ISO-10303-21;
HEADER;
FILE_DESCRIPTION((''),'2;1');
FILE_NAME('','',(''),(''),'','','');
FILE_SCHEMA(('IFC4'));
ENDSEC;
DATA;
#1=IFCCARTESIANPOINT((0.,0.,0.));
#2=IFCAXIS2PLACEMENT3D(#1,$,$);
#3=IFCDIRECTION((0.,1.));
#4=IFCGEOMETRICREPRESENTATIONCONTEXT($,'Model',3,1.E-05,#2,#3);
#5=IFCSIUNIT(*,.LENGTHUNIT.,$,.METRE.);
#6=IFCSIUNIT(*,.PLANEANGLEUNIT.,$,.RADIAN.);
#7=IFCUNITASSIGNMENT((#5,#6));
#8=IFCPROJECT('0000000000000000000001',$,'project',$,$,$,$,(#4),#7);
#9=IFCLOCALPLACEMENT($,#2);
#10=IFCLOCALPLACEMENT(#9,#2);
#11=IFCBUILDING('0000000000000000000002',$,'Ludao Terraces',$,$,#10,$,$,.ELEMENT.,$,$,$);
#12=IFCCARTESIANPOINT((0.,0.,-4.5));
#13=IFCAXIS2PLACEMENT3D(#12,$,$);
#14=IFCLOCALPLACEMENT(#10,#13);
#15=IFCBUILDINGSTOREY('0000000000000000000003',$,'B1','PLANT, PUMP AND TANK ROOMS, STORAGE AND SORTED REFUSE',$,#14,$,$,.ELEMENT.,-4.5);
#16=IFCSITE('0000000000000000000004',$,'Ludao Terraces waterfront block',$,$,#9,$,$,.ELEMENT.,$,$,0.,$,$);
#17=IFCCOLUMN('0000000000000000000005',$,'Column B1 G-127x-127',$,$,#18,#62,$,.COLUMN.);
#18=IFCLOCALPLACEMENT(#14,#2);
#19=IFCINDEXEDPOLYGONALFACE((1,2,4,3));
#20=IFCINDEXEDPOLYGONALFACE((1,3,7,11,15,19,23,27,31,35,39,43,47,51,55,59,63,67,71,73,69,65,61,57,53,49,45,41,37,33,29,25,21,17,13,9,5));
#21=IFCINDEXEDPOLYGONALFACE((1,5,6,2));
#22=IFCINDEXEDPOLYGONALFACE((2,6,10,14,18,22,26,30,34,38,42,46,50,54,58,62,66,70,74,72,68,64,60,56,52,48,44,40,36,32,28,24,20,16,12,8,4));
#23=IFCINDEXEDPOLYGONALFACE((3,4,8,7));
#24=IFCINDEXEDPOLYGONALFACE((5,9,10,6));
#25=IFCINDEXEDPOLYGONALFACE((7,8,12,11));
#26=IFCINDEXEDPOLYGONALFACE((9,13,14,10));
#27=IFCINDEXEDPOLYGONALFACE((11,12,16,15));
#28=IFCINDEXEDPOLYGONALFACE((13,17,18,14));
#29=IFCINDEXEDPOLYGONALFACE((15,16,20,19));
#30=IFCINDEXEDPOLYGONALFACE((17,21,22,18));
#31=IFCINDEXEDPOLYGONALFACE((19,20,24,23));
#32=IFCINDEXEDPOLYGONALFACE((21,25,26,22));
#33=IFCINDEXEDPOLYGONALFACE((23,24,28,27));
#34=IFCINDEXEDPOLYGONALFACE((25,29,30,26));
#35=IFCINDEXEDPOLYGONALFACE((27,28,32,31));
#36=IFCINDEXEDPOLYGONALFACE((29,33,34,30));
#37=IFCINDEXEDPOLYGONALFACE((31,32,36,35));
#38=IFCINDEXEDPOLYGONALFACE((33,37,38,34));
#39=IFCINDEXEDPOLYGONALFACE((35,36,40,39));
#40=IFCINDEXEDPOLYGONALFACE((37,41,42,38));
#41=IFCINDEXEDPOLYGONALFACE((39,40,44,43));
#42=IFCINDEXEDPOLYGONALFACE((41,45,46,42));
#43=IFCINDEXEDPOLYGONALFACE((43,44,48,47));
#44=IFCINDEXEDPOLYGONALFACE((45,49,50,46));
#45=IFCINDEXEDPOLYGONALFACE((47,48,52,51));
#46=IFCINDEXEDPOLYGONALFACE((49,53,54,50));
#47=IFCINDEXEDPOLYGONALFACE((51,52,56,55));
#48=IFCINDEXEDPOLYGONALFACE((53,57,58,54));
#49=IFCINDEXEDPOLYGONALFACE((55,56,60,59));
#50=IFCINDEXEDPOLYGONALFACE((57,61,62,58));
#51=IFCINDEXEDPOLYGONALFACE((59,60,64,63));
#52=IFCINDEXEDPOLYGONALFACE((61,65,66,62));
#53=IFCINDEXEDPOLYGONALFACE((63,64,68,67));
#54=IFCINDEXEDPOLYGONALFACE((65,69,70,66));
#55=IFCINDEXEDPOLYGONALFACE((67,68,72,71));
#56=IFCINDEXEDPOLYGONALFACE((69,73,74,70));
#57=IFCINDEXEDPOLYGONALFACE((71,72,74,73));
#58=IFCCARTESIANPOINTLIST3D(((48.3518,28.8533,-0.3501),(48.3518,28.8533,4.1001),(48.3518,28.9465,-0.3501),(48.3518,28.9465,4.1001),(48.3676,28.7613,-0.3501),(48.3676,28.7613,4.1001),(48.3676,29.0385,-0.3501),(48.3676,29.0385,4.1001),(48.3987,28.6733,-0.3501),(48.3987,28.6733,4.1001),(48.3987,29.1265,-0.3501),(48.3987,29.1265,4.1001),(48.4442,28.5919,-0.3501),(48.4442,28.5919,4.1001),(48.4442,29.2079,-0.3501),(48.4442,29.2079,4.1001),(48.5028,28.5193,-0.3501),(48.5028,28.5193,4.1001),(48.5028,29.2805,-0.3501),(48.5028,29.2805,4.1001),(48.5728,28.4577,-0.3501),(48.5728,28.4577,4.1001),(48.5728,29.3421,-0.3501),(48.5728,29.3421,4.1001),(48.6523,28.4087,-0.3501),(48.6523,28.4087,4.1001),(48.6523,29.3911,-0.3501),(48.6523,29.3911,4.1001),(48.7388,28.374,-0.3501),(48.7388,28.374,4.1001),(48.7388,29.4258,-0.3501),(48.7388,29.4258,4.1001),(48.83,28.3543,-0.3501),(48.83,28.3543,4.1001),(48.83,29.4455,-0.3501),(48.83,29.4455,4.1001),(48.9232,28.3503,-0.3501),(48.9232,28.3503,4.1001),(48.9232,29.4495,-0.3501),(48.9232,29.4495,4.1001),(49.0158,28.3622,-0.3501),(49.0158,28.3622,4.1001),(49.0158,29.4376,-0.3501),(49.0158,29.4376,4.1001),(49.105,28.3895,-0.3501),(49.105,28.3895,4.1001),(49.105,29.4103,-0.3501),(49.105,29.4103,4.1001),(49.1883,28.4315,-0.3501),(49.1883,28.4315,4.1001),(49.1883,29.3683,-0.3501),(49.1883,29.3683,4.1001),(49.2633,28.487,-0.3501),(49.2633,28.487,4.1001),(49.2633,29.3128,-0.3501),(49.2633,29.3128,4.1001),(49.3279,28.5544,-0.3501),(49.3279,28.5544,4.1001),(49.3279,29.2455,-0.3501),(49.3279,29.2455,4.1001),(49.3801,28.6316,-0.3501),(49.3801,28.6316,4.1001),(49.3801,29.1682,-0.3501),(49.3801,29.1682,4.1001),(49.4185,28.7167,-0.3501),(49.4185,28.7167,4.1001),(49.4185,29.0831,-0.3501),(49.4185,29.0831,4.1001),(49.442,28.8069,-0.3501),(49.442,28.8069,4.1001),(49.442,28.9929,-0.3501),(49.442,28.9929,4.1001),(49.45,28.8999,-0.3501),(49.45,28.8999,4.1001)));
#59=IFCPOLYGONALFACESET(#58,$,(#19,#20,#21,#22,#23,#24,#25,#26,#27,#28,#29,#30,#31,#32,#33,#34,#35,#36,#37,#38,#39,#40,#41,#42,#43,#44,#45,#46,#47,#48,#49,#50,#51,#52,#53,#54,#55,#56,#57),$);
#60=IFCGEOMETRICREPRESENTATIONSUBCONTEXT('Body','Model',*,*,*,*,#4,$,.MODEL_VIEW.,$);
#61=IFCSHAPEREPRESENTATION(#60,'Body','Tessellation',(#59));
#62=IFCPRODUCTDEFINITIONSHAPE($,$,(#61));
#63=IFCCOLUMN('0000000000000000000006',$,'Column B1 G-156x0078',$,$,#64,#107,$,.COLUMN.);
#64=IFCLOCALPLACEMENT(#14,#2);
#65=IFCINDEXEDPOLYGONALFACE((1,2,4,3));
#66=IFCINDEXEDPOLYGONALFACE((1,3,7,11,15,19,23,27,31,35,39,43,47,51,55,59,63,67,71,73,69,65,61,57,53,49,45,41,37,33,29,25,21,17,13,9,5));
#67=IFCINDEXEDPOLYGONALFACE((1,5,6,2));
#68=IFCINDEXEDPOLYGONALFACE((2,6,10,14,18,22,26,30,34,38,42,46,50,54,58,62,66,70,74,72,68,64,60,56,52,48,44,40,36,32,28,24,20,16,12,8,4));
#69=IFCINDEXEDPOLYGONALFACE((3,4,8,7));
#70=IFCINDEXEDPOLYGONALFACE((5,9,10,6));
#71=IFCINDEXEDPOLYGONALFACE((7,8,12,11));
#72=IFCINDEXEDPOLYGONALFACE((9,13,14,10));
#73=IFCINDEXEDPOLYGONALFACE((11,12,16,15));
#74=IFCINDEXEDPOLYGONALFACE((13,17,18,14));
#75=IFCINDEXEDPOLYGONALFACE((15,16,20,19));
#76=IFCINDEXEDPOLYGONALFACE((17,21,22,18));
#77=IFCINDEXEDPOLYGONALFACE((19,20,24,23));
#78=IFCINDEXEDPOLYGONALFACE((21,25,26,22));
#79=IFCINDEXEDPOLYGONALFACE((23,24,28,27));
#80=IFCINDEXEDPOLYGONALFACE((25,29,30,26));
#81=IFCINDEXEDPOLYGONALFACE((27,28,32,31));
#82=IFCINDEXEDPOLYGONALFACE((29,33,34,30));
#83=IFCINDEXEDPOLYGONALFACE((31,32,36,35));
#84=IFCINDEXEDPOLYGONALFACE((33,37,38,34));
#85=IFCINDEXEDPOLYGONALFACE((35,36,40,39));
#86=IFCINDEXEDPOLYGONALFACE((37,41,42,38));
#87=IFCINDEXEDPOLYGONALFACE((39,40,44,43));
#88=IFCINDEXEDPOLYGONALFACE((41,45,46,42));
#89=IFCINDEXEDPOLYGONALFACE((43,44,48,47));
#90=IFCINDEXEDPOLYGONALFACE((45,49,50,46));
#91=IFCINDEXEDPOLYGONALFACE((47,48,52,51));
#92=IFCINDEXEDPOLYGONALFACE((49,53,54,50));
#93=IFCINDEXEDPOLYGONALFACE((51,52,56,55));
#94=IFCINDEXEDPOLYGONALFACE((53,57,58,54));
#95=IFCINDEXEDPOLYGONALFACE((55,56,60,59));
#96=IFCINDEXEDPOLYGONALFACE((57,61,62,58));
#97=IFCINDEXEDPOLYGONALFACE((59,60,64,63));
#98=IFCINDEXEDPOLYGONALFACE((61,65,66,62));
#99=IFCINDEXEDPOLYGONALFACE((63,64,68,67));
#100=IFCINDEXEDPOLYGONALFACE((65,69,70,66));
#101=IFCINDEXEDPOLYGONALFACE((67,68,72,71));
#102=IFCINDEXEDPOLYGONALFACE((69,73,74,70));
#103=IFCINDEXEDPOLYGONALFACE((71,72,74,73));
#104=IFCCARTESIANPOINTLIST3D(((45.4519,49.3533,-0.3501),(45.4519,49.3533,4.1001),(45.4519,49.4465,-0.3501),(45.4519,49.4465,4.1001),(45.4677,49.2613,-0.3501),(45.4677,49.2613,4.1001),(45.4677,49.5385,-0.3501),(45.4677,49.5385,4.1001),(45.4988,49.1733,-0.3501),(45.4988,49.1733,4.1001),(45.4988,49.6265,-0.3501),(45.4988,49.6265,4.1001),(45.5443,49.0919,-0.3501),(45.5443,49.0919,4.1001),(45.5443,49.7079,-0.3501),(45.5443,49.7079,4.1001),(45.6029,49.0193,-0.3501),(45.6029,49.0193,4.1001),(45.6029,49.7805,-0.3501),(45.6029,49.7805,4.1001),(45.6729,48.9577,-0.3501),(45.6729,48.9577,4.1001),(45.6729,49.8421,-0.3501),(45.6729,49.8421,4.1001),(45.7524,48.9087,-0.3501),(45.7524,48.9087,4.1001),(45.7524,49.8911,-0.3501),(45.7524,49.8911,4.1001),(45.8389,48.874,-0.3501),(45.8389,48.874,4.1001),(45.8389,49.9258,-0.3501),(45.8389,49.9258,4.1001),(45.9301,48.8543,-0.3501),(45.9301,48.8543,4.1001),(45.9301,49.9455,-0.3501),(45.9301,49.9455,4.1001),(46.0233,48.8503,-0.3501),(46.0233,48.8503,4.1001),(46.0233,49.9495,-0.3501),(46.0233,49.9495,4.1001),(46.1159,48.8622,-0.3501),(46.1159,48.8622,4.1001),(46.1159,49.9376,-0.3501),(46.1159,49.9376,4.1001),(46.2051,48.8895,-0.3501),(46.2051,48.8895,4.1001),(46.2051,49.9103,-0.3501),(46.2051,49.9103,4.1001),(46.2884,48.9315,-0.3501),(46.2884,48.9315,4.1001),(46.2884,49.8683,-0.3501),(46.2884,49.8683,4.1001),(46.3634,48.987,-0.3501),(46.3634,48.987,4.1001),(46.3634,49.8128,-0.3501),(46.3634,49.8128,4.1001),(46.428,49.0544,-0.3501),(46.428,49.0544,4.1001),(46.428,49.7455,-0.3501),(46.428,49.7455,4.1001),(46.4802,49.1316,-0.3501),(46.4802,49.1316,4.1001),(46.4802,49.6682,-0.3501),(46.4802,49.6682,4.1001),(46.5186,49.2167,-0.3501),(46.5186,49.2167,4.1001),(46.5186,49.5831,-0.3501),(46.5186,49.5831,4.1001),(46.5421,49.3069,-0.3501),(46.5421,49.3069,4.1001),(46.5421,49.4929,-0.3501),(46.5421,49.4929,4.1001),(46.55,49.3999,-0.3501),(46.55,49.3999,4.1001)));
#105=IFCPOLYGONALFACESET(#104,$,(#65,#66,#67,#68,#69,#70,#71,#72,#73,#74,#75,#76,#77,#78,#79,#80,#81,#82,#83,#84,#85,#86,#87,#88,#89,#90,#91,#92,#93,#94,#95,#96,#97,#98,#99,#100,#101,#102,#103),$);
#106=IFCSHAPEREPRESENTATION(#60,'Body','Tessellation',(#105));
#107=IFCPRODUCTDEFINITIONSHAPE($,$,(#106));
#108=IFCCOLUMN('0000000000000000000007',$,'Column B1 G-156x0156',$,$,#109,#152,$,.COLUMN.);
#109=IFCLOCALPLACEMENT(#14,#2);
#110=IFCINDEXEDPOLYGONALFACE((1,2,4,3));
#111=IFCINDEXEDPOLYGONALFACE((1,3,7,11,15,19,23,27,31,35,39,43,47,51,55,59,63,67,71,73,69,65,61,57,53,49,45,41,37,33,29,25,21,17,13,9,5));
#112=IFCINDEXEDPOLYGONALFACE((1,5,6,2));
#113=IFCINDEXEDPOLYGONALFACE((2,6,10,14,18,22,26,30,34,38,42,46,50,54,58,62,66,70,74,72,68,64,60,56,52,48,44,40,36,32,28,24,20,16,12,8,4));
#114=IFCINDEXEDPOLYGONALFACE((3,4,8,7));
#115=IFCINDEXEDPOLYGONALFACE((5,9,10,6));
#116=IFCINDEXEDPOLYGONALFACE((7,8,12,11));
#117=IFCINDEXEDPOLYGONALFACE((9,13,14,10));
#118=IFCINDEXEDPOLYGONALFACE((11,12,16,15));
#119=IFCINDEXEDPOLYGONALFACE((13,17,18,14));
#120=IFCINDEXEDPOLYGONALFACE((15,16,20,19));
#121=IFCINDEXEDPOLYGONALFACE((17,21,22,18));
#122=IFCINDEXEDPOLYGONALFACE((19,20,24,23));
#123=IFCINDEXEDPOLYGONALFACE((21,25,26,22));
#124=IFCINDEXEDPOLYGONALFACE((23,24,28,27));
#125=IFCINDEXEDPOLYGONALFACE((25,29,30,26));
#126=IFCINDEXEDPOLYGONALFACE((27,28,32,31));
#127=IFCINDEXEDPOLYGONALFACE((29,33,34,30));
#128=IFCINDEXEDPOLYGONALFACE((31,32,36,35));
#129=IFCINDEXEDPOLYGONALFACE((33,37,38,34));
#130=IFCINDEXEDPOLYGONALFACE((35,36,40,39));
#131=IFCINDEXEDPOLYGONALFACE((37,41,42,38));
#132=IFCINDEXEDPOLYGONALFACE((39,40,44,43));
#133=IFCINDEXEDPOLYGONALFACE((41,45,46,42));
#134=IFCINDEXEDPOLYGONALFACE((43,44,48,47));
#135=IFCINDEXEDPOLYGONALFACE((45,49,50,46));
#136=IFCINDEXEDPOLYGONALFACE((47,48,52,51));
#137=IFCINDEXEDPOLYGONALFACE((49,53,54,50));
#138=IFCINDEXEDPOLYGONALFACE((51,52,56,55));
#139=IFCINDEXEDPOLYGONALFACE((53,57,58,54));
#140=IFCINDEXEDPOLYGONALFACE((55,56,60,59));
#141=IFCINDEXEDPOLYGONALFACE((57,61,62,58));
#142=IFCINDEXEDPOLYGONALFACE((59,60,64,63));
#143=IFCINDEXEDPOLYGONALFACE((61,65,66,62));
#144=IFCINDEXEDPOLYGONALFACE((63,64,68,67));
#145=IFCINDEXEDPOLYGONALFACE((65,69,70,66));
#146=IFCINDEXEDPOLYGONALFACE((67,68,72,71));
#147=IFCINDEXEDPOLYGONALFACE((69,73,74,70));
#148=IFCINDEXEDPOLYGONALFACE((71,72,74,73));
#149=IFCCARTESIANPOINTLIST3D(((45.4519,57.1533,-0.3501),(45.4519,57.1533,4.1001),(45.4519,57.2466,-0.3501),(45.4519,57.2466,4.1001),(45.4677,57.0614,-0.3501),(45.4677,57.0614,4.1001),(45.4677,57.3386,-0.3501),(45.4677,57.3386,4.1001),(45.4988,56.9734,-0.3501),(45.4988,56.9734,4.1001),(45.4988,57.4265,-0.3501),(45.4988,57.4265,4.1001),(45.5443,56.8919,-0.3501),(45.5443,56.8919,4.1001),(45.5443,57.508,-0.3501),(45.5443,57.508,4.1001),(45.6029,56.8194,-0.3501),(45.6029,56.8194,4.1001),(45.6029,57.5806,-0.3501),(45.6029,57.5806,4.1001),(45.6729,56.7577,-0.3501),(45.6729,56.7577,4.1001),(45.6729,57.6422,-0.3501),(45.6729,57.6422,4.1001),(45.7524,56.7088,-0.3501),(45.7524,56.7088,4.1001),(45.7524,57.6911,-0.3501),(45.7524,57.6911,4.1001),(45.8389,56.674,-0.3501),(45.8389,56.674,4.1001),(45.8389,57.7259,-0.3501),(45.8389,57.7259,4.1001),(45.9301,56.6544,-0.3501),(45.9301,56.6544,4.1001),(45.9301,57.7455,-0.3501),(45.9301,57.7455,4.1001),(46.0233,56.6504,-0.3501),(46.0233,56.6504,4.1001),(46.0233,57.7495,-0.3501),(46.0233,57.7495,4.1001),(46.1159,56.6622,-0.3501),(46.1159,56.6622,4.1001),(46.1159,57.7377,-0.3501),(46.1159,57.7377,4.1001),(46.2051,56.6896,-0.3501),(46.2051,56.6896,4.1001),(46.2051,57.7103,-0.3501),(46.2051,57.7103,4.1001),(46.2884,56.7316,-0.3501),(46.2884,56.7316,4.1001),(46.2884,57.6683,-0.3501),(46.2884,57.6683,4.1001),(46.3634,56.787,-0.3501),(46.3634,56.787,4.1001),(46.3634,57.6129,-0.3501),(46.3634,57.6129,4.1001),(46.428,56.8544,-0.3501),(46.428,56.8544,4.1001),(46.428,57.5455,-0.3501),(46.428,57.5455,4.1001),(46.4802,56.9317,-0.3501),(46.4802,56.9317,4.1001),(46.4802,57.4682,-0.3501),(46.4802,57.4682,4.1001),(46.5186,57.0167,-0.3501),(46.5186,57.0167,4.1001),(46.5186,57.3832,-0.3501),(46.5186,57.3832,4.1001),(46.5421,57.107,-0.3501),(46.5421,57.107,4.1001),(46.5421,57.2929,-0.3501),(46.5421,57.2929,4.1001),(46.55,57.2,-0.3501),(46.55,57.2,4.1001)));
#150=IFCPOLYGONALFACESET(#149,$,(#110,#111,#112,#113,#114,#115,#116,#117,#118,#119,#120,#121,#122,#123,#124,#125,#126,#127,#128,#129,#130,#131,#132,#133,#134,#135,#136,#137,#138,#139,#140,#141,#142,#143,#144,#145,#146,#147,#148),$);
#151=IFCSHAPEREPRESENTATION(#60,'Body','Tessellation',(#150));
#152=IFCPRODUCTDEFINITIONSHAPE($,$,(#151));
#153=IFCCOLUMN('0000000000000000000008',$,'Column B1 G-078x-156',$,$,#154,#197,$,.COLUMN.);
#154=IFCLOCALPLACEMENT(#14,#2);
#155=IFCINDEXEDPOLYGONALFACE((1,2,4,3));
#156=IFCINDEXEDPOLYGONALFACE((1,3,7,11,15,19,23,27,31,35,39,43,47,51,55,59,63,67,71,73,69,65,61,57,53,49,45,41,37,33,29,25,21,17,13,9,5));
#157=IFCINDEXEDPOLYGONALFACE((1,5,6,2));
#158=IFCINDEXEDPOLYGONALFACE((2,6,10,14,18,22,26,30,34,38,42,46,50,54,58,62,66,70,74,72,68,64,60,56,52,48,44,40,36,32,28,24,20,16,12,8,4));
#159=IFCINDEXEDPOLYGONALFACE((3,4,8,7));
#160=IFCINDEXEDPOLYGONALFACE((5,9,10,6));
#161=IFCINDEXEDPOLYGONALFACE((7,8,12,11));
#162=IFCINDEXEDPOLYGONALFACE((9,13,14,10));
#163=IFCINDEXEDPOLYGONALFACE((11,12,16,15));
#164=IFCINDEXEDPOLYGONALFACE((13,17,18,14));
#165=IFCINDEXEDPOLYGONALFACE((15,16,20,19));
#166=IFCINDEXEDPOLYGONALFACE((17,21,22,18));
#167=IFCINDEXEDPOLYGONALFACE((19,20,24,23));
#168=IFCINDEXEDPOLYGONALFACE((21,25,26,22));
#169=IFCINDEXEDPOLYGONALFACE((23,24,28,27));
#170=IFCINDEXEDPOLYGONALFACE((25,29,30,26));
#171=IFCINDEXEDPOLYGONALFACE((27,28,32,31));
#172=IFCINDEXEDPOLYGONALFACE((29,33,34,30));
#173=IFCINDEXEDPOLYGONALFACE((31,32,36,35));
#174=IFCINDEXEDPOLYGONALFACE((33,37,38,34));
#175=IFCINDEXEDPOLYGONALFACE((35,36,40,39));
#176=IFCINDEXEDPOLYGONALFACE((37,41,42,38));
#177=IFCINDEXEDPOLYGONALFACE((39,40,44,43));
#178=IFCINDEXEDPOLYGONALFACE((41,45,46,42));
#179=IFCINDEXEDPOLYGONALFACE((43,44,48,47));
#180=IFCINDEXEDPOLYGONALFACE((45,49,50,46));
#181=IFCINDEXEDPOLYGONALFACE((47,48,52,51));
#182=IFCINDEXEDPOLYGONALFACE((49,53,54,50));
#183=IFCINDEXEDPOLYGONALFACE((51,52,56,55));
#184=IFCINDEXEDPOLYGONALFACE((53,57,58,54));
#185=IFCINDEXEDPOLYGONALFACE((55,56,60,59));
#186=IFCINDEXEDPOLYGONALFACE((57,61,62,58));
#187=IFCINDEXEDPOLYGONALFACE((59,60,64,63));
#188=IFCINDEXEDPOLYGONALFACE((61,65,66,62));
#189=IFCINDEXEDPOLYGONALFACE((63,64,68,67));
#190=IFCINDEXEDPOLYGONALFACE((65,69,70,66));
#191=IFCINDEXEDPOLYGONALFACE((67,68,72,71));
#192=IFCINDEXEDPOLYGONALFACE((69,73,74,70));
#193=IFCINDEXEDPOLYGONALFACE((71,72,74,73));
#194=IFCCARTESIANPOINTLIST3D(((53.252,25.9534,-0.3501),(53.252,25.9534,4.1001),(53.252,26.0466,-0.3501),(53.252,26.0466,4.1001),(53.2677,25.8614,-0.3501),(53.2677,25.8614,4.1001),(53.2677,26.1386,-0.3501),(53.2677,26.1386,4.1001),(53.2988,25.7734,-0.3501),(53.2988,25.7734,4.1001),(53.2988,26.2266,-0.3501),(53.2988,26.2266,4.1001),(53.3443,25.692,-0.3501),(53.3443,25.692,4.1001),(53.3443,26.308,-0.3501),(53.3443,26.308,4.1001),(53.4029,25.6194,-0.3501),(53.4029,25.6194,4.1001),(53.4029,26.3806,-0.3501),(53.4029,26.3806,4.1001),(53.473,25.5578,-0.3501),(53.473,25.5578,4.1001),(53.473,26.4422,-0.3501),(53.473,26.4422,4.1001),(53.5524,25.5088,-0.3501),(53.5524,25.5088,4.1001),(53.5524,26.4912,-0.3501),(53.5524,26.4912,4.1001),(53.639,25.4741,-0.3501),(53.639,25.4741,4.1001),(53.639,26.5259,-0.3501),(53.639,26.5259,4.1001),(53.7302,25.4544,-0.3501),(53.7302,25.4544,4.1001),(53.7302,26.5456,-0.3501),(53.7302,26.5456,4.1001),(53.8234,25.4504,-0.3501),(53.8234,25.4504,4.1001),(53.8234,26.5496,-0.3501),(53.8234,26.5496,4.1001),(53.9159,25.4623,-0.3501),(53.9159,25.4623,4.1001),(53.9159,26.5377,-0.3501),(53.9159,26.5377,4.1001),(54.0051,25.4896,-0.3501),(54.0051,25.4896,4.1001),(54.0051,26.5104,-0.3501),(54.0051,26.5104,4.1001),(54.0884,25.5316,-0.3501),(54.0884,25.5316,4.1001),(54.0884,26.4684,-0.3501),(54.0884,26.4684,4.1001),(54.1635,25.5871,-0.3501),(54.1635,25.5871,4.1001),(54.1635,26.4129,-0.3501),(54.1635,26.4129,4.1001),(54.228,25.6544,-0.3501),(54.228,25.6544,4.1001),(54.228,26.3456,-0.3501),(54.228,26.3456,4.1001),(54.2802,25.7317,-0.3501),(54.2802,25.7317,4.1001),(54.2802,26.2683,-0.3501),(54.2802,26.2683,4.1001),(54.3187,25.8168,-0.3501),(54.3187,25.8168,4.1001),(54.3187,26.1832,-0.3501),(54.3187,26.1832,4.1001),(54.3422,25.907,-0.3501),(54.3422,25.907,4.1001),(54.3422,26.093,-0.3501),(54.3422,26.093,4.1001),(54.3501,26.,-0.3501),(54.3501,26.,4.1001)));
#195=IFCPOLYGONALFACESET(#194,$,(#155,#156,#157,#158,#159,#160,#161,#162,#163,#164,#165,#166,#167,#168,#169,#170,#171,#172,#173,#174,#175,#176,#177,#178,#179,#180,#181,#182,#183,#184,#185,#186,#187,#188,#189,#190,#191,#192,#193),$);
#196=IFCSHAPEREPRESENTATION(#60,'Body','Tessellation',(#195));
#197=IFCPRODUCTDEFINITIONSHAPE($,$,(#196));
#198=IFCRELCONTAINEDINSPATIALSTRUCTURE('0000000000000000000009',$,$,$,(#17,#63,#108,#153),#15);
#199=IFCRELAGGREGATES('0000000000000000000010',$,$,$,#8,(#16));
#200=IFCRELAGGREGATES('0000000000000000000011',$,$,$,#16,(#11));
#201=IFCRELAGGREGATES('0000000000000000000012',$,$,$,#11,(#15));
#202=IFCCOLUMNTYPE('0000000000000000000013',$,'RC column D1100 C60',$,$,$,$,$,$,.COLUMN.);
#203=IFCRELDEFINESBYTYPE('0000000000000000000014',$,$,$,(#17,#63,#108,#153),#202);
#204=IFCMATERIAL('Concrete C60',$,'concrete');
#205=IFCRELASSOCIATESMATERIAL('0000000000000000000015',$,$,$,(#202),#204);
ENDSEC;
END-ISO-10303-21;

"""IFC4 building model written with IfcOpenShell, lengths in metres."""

from ifc_helpers import new_model, si_unit, direction, frame, origin, origin_2d, place, context, subcontext, project, spatial, circle, extrude, material, material_profile, profile_set, type_object, element, save


model = new_model("IFC4")

# Units and contexts
model_context = context("Model", 3, precision=1e-05, world=origin(), true_north=direction((0.0, 1.0)))
body_context = subcontext(model_context, "Body", "Model", "MODEL_VIEW")
ifc_project = project(units=[si_unit("LENGTHUNIT", "METRE"), si_unit("PLANEANGLEUNIT", "RADIAN")], contexts=[model_context])

# Site, building, storey
site_placement = place(None, origin())
site = spatial("IfcSite", under=ifc_project, at=site_placement, Name="Ludao Terraces waterfront block", CompositionType="ELEMENT", RefElevation=0.0)
building_placement = place(site_placement, origin())
building = spatial("IfcBuilding", under=site, at=building_placement, Name="Ludao Terraces", CompositionType="ELEMENT")
storey_placement = place(building_placement, frame((0.0, 0.0, -4.5)))
storey = spatial("IfcBuildingStorey", under=building, at=storey_placement, Name="B1", Description="PLANT, PUMP AND TANK ROOMS, STORAGE AND SORTED REFUSE", CompositionType="ELEMENT", Elevation=-4.5)

# Columns
ifc_material_1 = material(Name="Concrete C60", Category="concrete")
ifc_material_profile = material_profile(ifc_material_1, circle(Radius=0.55, at=origin_2d()), Name="D1100")
ifc_profile_set = profile_set([ifc_material_profile], Name="Concrete C60")
column_type = type_object("IfcColumnType", Name="RC column D1100 C60", PredefinedType="COLUMN", material=ifc_profile_set)
for number, where, z_axis, x_axis, name in (
    (1, (48.8999, 28.8999, -0.3501), (0.0, 0.0, 1.0), (1.0, 0.0, 0.0), "Column B1 G-127x-127"),
    (2, (46.0, 49.3999, -0.3501), (0.0, 0.0, 1.0), (1.0, 0.0, 0.0), "Column B1 G-156x0078"),
    (3, (46.0, 57.2, -0.3501), (0.0, 0.0, 1.0), (1.0, 0.0, 0.0), "Column B1 G-156x0156"),
    (4, (53.8, 26.0, -0.3501), (0.0, 0.0, 1.0), (1.0, 0.0, 0.0), "Column B1 G-078x-156"),
):
    element("IfcColumn", number, at=place(storey_placement, frame(where, z_axis=z_axis, x_axis=x_axis)), inside=storey, type_object=column_type, Name=name, PredefinedType="COLUMN", context=body_context, shape_type="SweptSolid", body=[
        extrude(circle(Radius=0.55, at=origin_2d()), origin(), (0.0, 0.0, 1.0), 4.4502),
    ])

save(model, "model.ifc")
